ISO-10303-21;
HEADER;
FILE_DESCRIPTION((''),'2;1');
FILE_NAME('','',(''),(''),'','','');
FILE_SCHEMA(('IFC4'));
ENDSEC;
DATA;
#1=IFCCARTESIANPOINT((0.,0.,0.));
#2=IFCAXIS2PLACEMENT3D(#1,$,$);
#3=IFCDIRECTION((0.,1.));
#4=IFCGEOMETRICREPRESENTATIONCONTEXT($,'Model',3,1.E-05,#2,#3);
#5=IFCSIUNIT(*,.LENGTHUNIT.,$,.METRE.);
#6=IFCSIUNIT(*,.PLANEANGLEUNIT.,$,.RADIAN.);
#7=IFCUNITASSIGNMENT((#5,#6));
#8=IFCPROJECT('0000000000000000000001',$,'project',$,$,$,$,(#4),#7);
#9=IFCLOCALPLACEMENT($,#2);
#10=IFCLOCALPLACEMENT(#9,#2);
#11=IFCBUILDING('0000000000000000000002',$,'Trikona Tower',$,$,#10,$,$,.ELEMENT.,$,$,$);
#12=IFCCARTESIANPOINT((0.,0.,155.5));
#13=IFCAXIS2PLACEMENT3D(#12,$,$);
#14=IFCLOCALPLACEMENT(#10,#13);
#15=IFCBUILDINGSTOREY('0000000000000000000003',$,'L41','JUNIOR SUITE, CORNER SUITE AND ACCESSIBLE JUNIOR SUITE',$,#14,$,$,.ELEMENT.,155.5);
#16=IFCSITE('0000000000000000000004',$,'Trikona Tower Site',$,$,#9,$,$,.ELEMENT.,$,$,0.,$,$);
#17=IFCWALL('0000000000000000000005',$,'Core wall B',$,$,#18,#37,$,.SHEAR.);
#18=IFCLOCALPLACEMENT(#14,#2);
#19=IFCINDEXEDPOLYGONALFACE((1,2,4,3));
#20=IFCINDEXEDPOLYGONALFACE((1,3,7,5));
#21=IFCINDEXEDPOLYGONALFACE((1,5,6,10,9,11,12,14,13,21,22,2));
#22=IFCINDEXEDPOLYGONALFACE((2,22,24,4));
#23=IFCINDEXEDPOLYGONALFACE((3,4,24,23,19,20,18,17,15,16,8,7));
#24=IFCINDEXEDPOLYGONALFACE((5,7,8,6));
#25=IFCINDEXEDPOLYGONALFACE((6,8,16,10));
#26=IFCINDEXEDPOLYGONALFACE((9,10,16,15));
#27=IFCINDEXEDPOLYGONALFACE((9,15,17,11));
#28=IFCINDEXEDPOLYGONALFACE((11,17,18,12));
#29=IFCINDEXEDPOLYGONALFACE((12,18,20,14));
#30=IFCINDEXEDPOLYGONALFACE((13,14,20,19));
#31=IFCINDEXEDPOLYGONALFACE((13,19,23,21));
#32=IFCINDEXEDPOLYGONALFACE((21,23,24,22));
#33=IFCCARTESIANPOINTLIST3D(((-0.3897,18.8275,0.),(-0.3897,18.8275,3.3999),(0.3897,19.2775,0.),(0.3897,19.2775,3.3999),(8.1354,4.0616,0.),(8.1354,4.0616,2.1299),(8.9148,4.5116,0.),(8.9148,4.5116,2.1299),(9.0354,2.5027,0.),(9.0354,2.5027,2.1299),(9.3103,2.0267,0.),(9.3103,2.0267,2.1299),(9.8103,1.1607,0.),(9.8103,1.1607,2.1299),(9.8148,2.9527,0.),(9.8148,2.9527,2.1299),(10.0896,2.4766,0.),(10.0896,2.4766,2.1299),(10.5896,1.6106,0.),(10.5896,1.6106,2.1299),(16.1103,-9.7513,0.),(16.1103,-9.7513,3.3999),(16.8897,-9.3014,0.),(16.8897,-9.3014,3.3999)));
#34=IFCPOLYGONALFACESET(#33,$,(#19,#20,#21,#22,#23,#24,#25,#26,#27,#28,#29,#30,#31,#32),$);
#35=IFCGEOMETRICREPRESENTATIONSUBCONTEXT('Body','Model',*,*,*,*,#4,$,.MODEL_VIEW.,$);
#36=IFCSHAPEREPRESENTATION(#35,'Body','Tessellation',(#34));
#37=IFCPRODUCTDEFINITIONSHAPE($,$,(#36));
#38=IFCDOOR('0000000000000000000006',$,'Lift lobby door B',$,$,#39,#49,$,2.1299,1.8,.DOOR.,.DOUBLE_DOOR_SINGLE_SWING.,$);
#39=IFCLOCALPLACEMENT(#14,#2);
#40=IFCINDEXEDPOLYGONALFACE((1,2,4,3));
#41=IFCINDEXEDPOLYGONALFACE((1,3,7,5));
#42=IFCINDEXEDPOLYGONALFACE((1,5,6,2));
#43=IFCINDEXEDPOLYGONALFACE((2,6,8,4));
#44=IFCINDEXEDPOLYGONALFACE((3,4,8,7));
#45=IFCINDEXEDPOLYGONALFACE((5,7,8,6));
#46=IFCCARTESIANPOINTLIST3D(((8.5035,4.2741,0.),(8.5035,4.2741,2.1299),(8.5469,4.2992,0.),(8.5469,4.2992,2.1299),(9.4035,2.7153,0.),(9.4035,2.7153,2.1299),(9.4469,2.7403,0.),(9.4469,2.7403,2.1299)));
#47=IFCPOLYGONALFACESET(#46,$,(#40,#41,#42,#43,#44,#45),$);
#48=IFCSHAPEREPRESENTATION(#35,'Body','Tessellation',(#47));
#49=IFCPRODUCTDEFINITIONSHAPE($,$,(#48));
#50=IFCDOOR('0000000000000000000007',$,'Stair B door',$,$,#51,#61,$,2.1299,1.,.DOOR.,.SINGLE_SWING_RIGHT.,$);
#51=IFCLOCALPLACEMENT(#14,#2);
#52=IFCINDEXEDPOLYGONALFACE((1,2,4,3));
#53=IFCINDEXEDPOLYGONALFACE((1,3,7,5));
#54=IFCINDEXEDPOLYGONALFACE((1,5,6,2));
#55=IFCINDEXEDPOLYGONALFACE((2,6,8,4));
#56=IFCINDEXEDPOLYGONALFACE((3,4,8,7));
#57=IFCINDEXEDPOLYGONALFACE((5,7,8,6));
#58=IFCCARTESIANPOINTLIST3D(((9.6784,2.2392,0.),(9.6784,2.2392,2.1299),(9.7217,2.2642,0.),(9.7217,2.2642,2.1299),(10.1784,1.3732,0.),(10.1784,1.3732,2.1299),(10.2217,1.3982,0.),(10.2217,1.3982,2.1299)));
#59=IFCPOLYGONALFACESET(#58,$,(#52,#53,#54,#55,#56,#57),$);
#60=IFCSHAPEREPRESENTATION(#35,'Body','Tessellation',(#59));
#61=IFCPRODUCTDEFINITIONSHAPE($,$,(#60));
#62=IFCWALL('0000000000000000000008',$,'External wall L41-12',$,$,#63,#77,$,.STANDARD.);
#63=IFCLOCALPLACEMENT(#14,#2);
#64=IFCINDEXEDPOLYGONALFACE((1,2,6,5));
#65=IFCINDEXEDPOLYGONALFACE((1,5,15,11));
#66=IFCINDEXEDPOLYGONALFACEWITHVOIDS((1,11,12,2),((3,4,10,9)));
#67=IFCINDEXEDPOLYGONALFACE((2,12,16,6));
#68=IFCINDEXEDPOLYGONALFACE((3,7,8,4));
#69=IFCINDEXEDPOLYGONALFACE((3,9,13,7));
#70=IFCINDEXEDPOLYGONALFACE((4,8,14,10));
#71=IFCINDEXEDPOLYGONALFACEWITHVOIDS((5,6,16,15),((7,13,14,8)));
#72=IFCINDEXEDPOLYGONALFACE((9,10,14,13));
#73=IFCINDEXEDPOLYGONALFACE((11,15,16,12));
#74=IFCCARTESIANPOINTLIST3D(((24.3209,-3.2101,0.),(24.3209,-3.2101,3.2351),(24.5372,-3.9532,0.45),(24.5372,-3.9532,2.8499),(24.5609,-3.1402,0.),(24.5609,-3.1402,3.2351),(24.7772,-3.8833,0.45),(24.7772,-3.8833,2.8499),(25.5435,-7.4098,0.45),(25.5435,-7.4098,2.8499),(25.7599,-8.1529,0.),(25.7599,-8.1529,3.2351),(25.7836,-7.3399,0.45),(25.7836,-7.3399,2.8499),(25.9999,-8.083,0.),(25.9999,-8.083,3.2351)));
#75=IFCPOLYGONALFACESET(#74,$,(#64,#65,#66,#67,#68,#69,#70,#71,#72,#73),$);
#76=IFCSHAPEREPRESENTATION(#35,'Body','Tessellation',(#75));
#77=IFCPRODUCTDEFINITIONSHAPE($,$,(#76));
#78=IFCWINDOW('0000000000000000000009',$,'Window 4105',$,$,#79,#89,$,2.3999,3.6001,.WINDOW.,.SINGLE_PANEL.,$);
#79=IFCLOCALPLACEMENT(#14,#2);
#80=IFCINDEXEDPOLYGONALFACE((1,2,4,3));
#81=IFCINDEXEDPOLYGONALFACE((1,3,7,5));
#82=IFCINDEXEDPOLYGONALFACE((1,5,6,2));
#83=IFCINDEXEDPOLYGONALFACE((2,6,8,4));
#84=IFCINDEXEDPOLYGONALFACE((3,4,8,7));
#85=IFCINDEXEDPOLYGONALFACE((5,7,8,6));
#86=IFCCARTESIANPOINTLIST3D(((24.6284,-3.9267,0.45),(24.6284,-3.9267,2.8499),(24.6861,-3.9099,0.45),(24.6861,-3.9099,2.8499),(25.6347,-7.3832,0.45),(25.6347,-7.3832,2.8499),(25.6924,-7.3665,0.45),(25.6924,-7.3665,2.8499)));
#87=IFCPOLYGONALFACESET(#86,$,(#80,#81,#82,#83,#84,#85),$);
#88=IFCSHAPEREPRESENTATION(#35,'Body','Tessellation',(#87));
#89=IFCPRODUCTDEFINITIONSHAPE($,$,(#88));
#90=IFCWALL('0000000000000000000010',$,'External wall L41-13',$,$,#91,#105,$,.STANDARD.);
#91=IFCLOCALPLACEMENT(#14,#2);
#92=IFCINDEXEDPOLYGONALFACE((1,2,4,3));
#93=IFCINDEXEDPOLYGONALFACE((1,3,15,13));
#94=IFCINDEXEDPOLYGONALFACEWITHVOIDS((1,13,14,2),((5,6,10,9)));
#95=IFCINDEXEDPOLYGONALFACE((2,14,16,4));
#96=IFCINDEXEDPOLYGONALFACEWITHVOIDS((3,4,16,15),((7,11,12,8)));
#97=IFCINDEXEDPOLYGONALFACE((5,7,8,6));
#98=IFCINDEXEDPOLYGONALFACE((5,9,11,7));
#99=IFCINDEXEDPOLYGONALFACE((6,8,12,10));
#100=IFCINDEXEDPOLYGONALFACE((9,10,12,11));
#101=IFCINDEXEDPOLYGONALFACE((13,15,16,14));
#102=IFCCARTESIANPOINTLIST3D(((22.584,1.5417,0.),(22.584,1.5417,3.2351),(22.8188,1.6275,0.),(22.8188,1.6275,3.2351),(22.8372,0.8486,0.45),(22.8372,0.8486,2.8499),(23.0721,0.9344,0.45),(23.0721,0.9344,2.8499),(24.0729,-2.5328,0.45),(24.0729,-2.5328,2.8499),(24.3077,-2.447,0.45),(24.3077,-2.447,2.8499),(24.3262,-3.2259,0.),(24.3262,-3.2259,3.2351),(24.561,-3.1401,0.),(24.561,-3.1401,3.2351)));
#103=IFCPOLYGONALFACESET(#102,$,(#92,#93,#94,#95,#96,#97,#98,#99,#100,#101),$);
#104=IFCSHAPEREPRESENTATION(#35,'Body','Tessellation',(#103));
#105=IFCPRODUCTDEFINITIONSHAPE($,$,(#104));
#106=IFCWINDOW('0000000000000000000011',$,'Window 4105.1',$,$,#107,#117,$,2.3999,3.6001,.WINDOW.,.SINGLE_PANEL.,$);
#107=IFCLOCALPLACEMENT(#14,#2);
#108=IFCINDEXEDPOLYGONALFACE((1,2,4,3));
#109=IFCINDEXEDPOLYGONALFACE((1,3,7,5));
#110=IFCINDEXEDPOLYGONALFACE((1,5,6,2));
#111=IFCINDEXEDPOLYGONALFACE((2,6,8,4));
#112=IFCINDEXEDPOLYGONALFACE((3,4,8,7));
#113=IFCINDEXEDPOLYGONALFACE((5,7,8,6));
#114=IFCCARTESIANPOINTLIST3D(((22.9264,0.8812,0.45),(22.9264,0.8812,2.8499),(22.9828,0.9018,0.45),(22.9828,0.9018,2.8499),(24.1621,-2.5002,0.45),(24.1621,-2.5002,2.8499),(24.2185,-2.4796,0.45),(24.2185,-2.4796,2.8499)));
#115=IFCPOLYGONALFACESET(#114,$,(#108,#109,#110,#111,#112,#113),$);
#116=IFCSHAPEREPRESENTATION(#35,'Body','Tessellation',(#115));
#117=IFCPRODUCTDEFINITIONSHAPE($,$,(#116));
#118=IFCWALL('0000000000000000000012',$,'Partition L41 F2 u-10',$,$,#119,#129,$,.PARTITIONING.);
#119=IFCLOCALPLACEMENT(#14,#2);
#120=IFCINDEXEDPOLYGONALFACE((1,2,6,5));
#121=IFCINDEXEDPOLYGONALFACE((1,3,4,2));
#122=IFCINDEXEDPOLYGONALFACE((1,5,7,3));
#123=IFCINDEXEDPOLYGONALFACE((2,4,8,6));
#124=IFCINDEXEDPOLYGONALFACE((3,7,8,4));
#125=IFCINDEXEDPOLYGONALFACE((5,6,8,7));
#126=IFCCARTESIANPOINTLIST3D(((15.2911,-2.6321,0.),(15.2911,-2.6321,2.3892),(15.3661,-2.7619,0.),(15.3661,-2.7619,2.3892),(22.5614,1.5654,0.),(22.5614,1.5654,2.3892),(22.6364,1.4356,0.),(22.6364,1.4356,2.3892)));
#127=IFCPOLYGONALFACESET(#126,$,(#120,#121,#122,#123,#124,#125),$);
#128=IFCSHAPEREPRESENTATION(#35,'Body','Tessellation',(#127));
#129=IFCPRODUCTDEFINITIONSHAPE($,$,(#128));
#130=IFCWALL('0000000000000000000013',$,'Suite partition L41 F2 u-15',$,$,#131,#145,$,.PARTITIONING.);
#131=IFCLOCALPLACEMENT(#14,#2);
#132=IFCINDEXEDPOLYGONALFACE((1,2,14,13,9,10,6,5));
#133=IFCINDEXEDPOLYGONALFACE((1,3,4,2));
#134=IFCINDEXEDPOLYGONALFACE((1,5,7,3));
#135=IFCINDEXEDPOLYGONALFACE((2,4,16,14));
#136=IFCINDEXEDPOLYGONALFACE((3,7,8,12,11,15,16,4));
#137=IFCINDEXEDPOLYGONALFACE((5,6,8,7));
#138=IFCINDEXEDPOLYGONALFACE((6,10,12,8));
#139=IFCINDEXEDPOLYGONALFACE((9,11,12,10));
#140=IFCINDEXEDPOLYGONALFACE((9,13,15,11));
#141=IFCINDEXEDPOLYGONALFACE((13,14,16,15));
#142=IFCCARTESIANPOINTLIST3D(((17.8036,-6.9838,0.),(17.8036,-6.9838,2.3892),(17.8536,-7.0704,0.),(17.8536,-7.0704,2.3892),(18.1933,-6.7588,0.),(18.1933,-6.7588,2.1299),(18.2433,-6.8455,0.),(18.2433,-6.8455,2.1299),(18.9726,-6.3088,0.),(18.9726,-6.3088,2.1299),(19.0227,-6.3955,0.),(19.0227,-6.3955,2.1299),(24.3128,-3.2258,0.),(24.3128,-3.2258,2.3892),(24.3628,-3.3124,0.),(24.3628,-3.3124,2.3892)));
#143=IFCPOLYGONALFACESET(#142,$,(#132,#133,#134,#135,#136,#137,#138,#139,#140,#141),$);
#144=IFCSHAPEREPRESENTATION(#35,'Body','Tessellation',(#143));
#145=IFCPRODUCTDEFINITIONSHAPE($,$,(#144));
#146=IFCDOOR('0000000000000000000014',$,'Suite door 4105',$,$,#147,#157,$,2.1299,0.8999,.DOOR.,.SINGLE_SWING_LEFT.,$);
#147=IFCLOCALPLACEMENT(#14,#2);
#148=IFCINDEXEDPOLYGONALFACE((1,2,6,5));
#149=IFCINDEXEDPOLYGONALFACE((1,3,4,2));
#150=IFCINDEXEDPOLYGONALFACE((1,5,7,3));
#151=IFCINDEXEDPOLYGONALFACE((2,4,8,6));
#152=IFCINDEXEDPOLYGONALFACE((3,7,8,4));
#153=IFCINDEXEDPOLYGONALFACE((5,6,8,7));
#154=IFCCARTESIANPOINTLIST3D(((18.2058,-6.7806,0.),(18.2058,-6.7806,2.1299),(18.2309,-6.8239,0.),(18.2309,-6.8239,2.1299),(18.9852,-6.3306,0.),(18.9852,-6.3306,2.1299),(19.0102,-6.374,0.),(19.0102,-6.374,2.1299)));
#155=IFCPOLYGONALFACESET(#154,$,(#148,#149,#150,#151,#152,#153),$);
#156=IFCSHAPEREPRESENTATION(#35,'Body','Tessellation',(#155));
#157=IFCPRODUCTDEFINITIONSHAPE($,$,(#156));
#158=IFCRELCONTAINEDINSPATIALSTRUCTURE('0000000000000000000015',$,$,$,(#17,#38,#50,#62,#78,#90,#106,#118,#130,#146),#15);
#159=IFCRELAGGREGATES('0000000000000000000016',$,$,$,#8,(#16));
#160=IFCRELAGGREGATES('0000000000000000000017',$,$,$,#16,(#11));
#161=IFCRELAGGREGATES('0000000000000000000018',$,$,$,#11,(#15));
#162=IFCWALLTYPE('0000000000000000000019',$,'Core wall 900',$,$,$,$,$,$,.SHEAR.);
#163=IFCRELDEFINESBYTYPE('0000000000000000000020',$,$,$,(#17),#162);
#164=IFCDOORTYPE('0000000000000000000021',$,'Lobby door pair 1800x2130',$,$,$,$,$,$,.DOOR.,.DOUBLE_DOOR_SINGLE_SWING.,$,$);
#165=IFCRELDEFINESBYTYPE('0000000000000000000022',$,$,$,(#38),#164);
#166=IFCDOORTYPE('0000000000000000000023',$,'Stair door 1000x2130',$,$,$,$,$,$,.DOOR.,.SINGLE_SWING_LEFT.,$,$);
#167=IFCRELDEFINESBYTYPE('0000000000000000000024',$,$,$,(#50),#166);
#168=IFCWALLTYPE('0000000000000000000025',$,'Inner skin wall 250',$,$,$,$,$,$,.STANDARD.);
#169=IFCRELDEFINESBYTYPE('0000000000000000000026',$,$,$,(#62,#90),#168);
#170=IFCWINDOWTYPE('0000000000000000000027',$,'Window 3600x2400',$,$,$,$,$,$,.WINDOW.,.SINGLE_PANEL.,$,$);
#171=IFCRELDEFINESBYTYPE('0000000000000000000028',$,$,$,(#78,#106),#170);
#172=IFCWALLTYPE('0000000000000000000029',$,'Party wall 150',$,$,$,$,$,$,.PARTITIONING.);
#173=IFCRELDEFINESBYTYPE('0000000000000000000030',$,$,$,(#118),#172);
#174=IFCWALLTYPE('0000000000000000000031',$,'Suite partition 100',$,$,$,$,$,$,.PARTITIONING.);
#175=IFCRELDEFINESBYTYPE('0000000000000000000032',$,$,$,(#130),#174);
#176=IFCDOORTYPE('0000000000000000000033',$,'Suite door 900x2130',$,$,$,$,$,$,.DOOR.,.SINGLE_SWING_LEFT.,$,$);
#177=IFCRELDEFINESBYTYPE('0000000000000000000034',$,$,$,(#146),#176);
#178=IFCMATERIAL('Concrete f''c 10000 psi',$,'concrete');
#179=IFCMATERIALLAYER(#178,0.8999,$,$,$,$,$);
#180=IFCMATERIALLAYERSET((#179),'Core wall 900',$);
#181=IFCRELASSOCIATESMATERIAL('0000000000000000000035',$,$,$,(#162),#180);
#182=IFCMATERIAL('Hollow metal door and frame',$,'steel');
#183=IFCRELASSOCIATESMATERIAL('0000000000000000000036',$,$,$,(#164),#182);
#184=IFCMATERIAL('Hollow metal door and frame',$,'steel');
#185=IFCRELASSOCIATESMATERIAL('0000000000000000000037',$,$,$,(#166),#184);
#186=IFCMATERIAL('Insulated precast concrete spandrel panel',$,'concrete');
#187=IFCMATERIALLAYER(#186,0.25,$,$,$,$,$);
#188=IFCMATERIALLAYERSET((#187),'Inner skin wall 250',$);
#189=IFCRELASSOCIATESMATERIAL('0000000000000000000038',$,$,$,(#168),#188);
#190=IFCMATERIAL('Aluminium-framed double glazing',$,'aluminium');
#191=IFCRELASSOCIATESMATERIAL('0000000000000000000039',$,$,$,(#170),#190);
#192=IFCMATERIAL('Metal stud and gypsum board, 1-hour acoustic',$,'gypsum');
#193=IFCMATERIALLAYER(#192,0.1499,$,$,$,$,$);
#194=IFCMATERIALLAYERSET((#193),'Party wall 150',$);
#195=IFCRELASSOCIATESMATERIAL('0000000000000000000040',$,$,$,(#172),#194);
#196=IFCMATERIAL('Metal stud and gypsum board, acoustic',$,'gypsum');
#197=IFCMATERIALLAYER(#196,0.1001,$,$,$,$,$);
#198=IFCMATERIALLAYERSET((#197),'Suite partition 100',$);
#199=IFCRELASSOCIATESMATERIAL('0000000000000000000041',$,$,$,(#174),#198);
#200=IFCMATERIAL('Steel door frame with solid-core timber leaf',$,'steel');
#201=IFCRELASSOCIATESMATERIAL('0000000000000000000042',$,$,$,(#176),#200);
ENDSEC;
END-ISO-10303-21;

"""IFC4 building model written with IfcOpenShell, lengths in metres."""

from ifc_helpers import new_model, si_unit, direction, frame, frame_2d, origin, place, context, subcontext, project, spatial, rectangle, extrude, material, layer, layer_set, type_object, element, fill, save


model = new_model("IFC4")

# Units and contexts
model_context = context("Model", 3, precision=1e-05, world=origin(), true_north=direction((0.0, 1.0)))
body_context = subcontext(model_context, "Body", "Model", "MODEL_VIEW")
ifc_project = project(units=[si_unit("LENGTHUNIT", "METRE"), si_unit("PLANEANGLEUNIT", "RADIAN")], contexts=[model_context])

# Site, building, storey
site_placement = place(None, origin())
site = spatial("IfcSite", under=ifc_project, at=site_placement, Name="Trikona Tower Site", CompositionType="ELEMENT", RefElevation=0.0)
building_placement = place(site_placement, origin())
building = spatial("IfcBuilding", under=site, at=building_placement, Name="Trikona Tower", CompositionType="ELEMENT")
storey_placement = place(building_placement, frame((0.0, 0.0, 155.5)))
storey = spatial("IfcBuildingStorey", under=building, at=storey_placement, Name="L41", Description="JUNIOR SUITE, CORNER SUITE AND ACCESSIBLE JUNIOR SUITE", CompositionType="ELEMENT", Elevation=155.5)

# Wall, openings, doors
ifc_material_1 = material(Name="Concrete f'c 10000 psi", Category="concrete")
ifc_layer_1 = layer(ifc_material_1, 0.8999)
ifc_layer_set_1 = layer_set([ifc_layer_1], Name="Core wall 900")
wall_type_1 = type_object("IfcWallType", Name="Core wall 900", PredefinedType="SHEAR", material=ifc_layer_set_1)
wall_1_placement = place(storey_placement, frame((16.5, -9.5264, 0.0), z_axis=(0.0, 0.0, 1.0), x_axis=(-0.5, 0.866026, 0.0)))
wall_1 = element("IfcWall", 1, at=wall_1_placement, inside=storey, type_object=wall_type_1, Name="Core wall B", PredefinedType="SHEAR", context=body_context, shape_type="SweptSolid", body=[
    extrude(rectangle(XDim=33.0, YDim=0.8999, at=frame_2d((16.5, 0.0))), origin(), (0.0, 0.0, 1.0), 3.3999),
])
opening_1_placement = place(wall_1_placement, frame((14.1499, 0.0, 0.0)))
opening_1 = element("IfcOpeningElement", 2, at=opening_1_placement, cuts=wall_1, PredefinedType="OPENING", context=body_context, shape_type="SweptSolid", body=[
    extrude(rectangle(XDim=1.8, YDim=2.1299, at=frame_2d((0.8999, 1.0649))), frame((0.0, 0.46, 0.0), z_axis=(0.0, -1.0, 0.0), x_axis=(1.0, 0.0, 0.0)), (0.0, 0.0, 1.0), 0.9199),
])
opening_2_placement = place(wall_1_placement, frame((12.6001, 0.0, 0.0)))
opening_2 = element("IfcOpeningElement", 3, at=opening_2_placement, cuts=wall_1, PredefinedType="OPENING", context=body_context, shape_type="SweptSolid", body=[
    extrude(rectangle(XDim=1.0, YDim=2.1299, at=frame_2d((0.5, 1.0649))), frame((0.0, 0.46, 0.0), z_axis=(0.0, -1.0, 0.0), x_axis=(1.0, 0.0, 0.0)), (0.0, 0.0, 1.0), 0.9199),
])
ifc_material_2 = material(Name="Hollow metal door and frame", Category="steel")
door_type_1 = type_object("IfcDoorType", Name="Lobby door pair 1800x2130", OperationType="DOUBLE_DOOR_SINGLE_SWING", PredefinedType="DOOR", material=ifc_material_2)
door_1_placement = place(opening_1_placement, origin())
door_1 = element("IfcDoor", 4, at=door_1_placement, inside=storey, type_object=door_type_1, Name="Lift lobby door B", OperationType="DOUBLE_DOOR_SINGLE_SWING", OverallHeight=2.1299, OverallWidth=1.8, PredefinedType="DOOR", context=body_context, shape_type="SweptSolid", body=[
    extrude(rectangle(XDim=1.8, YDim=2.1299, at=frame_2d((0.8999, 1.0649))), frame((0.0, 0.0249, 0.0), z_axis=(0.0, -1.0, 0.0), x_axis=(1.0, 0.0, 0.0)), (0.0, 0.0, 1.0), 0.05),
])
fill(opening_1, door_1)
ifc_material_3 = material(Name="Hollow metal door and frame", Category="steel")
door_type_2 = type_object("IfcDoorType", Name="Stair door 1000x2130", OperationType="SINGLE_SWING_LEFT", PredefinedType="DOOR", material=ifc_material_3)
door_2_placement = place(opening_2_placement, origin())
door_2 = element("IfcDoor", 5, at=door_2_placement, inside=storey, type_object=door_type_2, Name="Stair B door", OperationType="SINGLE_SWING_RIGHT", OverallHeight=2.1299, OverallWidth=1.0, PredefinedType="DOOR", context=body_context, shape_type="SweptSolid", body=[
    extrude(rectangle(XDim=1.0, YDim=2.1299, at=frame_2d((0.5, 1.0649))), frame((0.0, 0.0249, 0.0), z_axis=(0.0, -1.0, 0.0), x_axis=(1.0, 0.0, 0.0)), (0.0, 0.0, 1.0), 0.05),
])
fill(opening_2, door_2)

# Walls, openings, windows
ifc_material_4 = material(Name="Insulated precast concrete spandrel panel", Category="concrete")
ifc_layer_2 = layer(ifc_material_4, 0.25)
ifc_layer_set_2 = layer_set([ifc_layer_2], Name="Inner skin wall 250")
wall_type_2 = type_object("IfcWallType", Name="Inner skin wall 250", PredefinedType="STANDARD", material=ifc_layer_set_2)
wall_2_placement = place(storey_placement, frame((25.8799, -8.1179, 0.0), z_axis=(0.0, 0.0, 1.0), x_axis=(-0.279528, 0.960137, 0.0)))
wall_2 = element("IfcWall", 6, at=wall_2_placement, inside=storey, type_object=wall_type_2, Name="External wall L41-12", PredefinedType="STANDARD", context=body_context, shape_type="SweptSolid", body=[
    extrude(rectangle(XDim=5.1479, YDim=0.25, at=frame_2d((2.574, 0.0))), origin(), (0.0, 0.0, 1.0), 3.2351),
])
opening_3_placement = place(wall_2_placement, frame((0.7739, 0.0, 0.45)))
opening_3 = element("IfcOpeningElement", 7, at=opening_3_placement, cuts=wall_2, PredefinedType="OPENING", context=body_context, shape_type="SweptSolid", body=[
    extrude(rectangle(XDim=3.6001, YDim=2.3999, at=frame_2d((1.8, 1.2))), frame((0.0, 0.135, 0.0), z_axis=(0.0, -1.0, 0.0), x_axis=(1.0, 0.0, 0.0)), (0.0, 0.0, 1.0), 0.27),
])
ifc_material_5 = material(Name="Aluminium-framed double glazing", Category="aluminium")
window_type = type_object("IfcWindowType", Name="Window 3600x2400", PartitioningType="SINGLE_PANEL", PredefinedType="WINDOW", material=ifc_material_5)
window_1_placement = place(opening_3_placement, origin())
window_1 = element("IfcWindow", 8, at=window_1_placement, inside=storey, type_object=window_type, Name="Window 4105", OverallHeight=2.3999, OverallWidth=3.6001, PartitioningType="SINGLE_PANEL", PredefinedType="WINDOW", context=body_context, shape_type="SweptSolid", body=[
    extrude(rectangle(XDim=3.6001, YDim=2.3999, at=frame_2d((1.8, 1.2))), frame((0.0, 0.03, 0.0), z_axis=(0.0, -1.0, 0.0), x_axis=(1.0, 0.0, 0.0)), (0.0, 0.0, 1.0), 0.0601),
])
fill(opening_3, window_1)
wall_3_placement = place(storey_placement, frame((24.4436, -3.1831, 0.0), z_axis=(0.0, 0.0, 1.0), x_axis=(-0.343226, 0.939253, 0.0)))
wall_3 = element("IfcWall", 9, at=wall_3_placement, inside=storey, type_object=wall_type_2, Name="External wall L41-13", PredefinedType="STANDARD", context=body_context, shape_type="SweptSolid", body=[
    extrude(rectangle(XDim=5.0759, YDim=0.25, at=frame_2d((2.5381, 0.0))), origin(), (0.0, 0.0, 1.0), 3.2351),
])
opening_4_placement = place(wall_3_placement, frame((0.738, 0.0, 0.45)))
opening_4 = element("IfcOpeningElement", 10, at=opening_4_placement, cuts=wall_3, PredefinedType="OPENING", context=body_context, shape_type="SweptSolid", body=[
    extrude(rectangle(XDim=3.6001, YDim=2.3999, at=frame_2d((1.8, 1.2))), frame((0.0, 0.135, 0.0), z_axis=(0.0, -1.0, 0.0), x_axis=(1.0, 0.0, 0.0)), (0.0, 0.0, 1.0), 0.27),
])
window_2_placement = place(opening_4_placement, origin())
window_2 = element("IfcWindow", 11, at=window_2_placement, inside=storey, type_object=window_type, Name="Window 4105.1", OverallHeight=2.3999, OverallWidth=3.6001, PartitioningType="SINGLE_PANEL", PredefinedType="WINDOW", context=body_context, shape_type="SweptSolid", body=[
    extrude(rectangle(XDim=3.6001, YDim=2.3999, at=frame_2d((1.8, 1.2))), frame((0.0, 0.03, 0.0), z_axis=(0.0, -1.0, 0.0), x_axis=(1.0, 0.0, 0.0)), (0.0, 0.0, 1.0), 0.0601),
])
fill(opening_4, window_2)

# Wall
ifc_material_6 = material(Name="Metal stud and gypsum board, 1-hour acoustic", Category="gypsum")
ifc_layer_3 = layer(ifc_material_6, 0.1499)
ifc_layer_set_3 = layer_set([ifc_layer_3], Name="Party wall 150")
wall_type_3 = type_object("IfcWallType", Name="Party wall 150", PredefinedType="PARTITIONING", material=ifc_layer_set_3)
wall_4_placement = place(storey_placement, frame((15.3286, -2.697, 0.0), z_axis=(0.0, 0.0, 1.0), x_axis=(0.866024, 0.500002, 0.0)))
element("IfcWall", 12, at=wall_4_placement, inside=storey, type_object=wall_type_3, Name="Partition L41 F2 u-10", PredefinedType="PARTITIONING", context=body_context, shape_type="SweptSolid", body=[
    extrude(rectangle(XDim=8.395, YDim=0.1499, at=frame_2d((4.1975, 0.0))), origin(), (0.0, 0.0, 1.0), 2.3892),
])

# Wall, opening, door
ifc_material_7 = material(Name="Metal stud and gypsum board, acoustic", Category="gypsum")
ifc_layer_4 = layer(ifc_material_7, 0.1001)
ifc_layer_set_4 = layer_set([ifc_layer_4], Name="Suite partition 100")
wall_type_4 = type_object("IfcWallType", Name="Suite partition 100", PredefinedType="PARTITIONING", material=ifc_layer_set_4)
wall_5_placement = place(storey_placement, frame((17.8286, -7.0271, 0.0), z_axis=(0.0, 0.0, 1.0), x_axis=(0.86603, 0.499992, 0.0)))
wall_5 = element("IfcWall", 13, at=wall_5_placement, inside=storey, type_object=wall_type_4, Name="Suite partition L41 F2 u-15", PredefinedType="PARTITIONING", context=body_context, shape_type="SweptSolid", body=[
    extrude(rectangle(XDim=7.5161, YDim=0.1001, at=frame_2d((3.7581, 0.0))), origin(), (0.0, 0.0, 1.0), 2.3892),
])
opening_5_placement = place(wall_5_placement, frame((0.45, 0.0, 0.0)))
opening_5 = element("IfcOpeningElement", 14, at=opening_5_placement, cuts=wall_5, PredefinedType="OPENING", context=body_context, shape_type="SweptSolid", body=[
    extrude(rectangle(XDim=0.8999, YDim=2.1299, at=frame_2d((0.45, 1.0649))), frame((0.0, 0.0601, 0.0), z_axis=(0.0, -1.0, 0.0), x_axis=(1.0, 0.0, 0.0)), (0.0, 0.0, 1.0), 0.1201),
])
ifc_material_8 = material(Name="Steel door frame with solid-core timber leaf", Category="steel")
door_type_3 = type_object("IfcDoorType", Name="Suite door 900x2130", OperationType="SINGLE_SWING_LEFT", PredefinedType="DOOR", material=ifc_material_8)
door_3_placement = place(opening_5_placement, origin())
door_3 = element("IfcDoor", 15, at=door_3_placement, inside=storey, type_object=door_type_3, Name="Suite door 4105", OperationType="SINGLE_SWING_LEFT", OverallHeight=2.1299, OverallWidth=0.8999, PredefinedType="DOOR", context=body_context, shape_type="SweptSolid", body=[
    extrude(rectangle(XDim=0.8999, YDim=2.1299, at=frame_2d((0.45, 1.0649))), frame((0.0, 0.0249, 0.0), z_axis=(0.0, -1.0, 0.0), x_axis=(1.0, 0.0, 0.0)), (0.0, 0.0, 1.0), 0.05),
])
fill(opening_5, door_3)

save(model, "model.ifc")
